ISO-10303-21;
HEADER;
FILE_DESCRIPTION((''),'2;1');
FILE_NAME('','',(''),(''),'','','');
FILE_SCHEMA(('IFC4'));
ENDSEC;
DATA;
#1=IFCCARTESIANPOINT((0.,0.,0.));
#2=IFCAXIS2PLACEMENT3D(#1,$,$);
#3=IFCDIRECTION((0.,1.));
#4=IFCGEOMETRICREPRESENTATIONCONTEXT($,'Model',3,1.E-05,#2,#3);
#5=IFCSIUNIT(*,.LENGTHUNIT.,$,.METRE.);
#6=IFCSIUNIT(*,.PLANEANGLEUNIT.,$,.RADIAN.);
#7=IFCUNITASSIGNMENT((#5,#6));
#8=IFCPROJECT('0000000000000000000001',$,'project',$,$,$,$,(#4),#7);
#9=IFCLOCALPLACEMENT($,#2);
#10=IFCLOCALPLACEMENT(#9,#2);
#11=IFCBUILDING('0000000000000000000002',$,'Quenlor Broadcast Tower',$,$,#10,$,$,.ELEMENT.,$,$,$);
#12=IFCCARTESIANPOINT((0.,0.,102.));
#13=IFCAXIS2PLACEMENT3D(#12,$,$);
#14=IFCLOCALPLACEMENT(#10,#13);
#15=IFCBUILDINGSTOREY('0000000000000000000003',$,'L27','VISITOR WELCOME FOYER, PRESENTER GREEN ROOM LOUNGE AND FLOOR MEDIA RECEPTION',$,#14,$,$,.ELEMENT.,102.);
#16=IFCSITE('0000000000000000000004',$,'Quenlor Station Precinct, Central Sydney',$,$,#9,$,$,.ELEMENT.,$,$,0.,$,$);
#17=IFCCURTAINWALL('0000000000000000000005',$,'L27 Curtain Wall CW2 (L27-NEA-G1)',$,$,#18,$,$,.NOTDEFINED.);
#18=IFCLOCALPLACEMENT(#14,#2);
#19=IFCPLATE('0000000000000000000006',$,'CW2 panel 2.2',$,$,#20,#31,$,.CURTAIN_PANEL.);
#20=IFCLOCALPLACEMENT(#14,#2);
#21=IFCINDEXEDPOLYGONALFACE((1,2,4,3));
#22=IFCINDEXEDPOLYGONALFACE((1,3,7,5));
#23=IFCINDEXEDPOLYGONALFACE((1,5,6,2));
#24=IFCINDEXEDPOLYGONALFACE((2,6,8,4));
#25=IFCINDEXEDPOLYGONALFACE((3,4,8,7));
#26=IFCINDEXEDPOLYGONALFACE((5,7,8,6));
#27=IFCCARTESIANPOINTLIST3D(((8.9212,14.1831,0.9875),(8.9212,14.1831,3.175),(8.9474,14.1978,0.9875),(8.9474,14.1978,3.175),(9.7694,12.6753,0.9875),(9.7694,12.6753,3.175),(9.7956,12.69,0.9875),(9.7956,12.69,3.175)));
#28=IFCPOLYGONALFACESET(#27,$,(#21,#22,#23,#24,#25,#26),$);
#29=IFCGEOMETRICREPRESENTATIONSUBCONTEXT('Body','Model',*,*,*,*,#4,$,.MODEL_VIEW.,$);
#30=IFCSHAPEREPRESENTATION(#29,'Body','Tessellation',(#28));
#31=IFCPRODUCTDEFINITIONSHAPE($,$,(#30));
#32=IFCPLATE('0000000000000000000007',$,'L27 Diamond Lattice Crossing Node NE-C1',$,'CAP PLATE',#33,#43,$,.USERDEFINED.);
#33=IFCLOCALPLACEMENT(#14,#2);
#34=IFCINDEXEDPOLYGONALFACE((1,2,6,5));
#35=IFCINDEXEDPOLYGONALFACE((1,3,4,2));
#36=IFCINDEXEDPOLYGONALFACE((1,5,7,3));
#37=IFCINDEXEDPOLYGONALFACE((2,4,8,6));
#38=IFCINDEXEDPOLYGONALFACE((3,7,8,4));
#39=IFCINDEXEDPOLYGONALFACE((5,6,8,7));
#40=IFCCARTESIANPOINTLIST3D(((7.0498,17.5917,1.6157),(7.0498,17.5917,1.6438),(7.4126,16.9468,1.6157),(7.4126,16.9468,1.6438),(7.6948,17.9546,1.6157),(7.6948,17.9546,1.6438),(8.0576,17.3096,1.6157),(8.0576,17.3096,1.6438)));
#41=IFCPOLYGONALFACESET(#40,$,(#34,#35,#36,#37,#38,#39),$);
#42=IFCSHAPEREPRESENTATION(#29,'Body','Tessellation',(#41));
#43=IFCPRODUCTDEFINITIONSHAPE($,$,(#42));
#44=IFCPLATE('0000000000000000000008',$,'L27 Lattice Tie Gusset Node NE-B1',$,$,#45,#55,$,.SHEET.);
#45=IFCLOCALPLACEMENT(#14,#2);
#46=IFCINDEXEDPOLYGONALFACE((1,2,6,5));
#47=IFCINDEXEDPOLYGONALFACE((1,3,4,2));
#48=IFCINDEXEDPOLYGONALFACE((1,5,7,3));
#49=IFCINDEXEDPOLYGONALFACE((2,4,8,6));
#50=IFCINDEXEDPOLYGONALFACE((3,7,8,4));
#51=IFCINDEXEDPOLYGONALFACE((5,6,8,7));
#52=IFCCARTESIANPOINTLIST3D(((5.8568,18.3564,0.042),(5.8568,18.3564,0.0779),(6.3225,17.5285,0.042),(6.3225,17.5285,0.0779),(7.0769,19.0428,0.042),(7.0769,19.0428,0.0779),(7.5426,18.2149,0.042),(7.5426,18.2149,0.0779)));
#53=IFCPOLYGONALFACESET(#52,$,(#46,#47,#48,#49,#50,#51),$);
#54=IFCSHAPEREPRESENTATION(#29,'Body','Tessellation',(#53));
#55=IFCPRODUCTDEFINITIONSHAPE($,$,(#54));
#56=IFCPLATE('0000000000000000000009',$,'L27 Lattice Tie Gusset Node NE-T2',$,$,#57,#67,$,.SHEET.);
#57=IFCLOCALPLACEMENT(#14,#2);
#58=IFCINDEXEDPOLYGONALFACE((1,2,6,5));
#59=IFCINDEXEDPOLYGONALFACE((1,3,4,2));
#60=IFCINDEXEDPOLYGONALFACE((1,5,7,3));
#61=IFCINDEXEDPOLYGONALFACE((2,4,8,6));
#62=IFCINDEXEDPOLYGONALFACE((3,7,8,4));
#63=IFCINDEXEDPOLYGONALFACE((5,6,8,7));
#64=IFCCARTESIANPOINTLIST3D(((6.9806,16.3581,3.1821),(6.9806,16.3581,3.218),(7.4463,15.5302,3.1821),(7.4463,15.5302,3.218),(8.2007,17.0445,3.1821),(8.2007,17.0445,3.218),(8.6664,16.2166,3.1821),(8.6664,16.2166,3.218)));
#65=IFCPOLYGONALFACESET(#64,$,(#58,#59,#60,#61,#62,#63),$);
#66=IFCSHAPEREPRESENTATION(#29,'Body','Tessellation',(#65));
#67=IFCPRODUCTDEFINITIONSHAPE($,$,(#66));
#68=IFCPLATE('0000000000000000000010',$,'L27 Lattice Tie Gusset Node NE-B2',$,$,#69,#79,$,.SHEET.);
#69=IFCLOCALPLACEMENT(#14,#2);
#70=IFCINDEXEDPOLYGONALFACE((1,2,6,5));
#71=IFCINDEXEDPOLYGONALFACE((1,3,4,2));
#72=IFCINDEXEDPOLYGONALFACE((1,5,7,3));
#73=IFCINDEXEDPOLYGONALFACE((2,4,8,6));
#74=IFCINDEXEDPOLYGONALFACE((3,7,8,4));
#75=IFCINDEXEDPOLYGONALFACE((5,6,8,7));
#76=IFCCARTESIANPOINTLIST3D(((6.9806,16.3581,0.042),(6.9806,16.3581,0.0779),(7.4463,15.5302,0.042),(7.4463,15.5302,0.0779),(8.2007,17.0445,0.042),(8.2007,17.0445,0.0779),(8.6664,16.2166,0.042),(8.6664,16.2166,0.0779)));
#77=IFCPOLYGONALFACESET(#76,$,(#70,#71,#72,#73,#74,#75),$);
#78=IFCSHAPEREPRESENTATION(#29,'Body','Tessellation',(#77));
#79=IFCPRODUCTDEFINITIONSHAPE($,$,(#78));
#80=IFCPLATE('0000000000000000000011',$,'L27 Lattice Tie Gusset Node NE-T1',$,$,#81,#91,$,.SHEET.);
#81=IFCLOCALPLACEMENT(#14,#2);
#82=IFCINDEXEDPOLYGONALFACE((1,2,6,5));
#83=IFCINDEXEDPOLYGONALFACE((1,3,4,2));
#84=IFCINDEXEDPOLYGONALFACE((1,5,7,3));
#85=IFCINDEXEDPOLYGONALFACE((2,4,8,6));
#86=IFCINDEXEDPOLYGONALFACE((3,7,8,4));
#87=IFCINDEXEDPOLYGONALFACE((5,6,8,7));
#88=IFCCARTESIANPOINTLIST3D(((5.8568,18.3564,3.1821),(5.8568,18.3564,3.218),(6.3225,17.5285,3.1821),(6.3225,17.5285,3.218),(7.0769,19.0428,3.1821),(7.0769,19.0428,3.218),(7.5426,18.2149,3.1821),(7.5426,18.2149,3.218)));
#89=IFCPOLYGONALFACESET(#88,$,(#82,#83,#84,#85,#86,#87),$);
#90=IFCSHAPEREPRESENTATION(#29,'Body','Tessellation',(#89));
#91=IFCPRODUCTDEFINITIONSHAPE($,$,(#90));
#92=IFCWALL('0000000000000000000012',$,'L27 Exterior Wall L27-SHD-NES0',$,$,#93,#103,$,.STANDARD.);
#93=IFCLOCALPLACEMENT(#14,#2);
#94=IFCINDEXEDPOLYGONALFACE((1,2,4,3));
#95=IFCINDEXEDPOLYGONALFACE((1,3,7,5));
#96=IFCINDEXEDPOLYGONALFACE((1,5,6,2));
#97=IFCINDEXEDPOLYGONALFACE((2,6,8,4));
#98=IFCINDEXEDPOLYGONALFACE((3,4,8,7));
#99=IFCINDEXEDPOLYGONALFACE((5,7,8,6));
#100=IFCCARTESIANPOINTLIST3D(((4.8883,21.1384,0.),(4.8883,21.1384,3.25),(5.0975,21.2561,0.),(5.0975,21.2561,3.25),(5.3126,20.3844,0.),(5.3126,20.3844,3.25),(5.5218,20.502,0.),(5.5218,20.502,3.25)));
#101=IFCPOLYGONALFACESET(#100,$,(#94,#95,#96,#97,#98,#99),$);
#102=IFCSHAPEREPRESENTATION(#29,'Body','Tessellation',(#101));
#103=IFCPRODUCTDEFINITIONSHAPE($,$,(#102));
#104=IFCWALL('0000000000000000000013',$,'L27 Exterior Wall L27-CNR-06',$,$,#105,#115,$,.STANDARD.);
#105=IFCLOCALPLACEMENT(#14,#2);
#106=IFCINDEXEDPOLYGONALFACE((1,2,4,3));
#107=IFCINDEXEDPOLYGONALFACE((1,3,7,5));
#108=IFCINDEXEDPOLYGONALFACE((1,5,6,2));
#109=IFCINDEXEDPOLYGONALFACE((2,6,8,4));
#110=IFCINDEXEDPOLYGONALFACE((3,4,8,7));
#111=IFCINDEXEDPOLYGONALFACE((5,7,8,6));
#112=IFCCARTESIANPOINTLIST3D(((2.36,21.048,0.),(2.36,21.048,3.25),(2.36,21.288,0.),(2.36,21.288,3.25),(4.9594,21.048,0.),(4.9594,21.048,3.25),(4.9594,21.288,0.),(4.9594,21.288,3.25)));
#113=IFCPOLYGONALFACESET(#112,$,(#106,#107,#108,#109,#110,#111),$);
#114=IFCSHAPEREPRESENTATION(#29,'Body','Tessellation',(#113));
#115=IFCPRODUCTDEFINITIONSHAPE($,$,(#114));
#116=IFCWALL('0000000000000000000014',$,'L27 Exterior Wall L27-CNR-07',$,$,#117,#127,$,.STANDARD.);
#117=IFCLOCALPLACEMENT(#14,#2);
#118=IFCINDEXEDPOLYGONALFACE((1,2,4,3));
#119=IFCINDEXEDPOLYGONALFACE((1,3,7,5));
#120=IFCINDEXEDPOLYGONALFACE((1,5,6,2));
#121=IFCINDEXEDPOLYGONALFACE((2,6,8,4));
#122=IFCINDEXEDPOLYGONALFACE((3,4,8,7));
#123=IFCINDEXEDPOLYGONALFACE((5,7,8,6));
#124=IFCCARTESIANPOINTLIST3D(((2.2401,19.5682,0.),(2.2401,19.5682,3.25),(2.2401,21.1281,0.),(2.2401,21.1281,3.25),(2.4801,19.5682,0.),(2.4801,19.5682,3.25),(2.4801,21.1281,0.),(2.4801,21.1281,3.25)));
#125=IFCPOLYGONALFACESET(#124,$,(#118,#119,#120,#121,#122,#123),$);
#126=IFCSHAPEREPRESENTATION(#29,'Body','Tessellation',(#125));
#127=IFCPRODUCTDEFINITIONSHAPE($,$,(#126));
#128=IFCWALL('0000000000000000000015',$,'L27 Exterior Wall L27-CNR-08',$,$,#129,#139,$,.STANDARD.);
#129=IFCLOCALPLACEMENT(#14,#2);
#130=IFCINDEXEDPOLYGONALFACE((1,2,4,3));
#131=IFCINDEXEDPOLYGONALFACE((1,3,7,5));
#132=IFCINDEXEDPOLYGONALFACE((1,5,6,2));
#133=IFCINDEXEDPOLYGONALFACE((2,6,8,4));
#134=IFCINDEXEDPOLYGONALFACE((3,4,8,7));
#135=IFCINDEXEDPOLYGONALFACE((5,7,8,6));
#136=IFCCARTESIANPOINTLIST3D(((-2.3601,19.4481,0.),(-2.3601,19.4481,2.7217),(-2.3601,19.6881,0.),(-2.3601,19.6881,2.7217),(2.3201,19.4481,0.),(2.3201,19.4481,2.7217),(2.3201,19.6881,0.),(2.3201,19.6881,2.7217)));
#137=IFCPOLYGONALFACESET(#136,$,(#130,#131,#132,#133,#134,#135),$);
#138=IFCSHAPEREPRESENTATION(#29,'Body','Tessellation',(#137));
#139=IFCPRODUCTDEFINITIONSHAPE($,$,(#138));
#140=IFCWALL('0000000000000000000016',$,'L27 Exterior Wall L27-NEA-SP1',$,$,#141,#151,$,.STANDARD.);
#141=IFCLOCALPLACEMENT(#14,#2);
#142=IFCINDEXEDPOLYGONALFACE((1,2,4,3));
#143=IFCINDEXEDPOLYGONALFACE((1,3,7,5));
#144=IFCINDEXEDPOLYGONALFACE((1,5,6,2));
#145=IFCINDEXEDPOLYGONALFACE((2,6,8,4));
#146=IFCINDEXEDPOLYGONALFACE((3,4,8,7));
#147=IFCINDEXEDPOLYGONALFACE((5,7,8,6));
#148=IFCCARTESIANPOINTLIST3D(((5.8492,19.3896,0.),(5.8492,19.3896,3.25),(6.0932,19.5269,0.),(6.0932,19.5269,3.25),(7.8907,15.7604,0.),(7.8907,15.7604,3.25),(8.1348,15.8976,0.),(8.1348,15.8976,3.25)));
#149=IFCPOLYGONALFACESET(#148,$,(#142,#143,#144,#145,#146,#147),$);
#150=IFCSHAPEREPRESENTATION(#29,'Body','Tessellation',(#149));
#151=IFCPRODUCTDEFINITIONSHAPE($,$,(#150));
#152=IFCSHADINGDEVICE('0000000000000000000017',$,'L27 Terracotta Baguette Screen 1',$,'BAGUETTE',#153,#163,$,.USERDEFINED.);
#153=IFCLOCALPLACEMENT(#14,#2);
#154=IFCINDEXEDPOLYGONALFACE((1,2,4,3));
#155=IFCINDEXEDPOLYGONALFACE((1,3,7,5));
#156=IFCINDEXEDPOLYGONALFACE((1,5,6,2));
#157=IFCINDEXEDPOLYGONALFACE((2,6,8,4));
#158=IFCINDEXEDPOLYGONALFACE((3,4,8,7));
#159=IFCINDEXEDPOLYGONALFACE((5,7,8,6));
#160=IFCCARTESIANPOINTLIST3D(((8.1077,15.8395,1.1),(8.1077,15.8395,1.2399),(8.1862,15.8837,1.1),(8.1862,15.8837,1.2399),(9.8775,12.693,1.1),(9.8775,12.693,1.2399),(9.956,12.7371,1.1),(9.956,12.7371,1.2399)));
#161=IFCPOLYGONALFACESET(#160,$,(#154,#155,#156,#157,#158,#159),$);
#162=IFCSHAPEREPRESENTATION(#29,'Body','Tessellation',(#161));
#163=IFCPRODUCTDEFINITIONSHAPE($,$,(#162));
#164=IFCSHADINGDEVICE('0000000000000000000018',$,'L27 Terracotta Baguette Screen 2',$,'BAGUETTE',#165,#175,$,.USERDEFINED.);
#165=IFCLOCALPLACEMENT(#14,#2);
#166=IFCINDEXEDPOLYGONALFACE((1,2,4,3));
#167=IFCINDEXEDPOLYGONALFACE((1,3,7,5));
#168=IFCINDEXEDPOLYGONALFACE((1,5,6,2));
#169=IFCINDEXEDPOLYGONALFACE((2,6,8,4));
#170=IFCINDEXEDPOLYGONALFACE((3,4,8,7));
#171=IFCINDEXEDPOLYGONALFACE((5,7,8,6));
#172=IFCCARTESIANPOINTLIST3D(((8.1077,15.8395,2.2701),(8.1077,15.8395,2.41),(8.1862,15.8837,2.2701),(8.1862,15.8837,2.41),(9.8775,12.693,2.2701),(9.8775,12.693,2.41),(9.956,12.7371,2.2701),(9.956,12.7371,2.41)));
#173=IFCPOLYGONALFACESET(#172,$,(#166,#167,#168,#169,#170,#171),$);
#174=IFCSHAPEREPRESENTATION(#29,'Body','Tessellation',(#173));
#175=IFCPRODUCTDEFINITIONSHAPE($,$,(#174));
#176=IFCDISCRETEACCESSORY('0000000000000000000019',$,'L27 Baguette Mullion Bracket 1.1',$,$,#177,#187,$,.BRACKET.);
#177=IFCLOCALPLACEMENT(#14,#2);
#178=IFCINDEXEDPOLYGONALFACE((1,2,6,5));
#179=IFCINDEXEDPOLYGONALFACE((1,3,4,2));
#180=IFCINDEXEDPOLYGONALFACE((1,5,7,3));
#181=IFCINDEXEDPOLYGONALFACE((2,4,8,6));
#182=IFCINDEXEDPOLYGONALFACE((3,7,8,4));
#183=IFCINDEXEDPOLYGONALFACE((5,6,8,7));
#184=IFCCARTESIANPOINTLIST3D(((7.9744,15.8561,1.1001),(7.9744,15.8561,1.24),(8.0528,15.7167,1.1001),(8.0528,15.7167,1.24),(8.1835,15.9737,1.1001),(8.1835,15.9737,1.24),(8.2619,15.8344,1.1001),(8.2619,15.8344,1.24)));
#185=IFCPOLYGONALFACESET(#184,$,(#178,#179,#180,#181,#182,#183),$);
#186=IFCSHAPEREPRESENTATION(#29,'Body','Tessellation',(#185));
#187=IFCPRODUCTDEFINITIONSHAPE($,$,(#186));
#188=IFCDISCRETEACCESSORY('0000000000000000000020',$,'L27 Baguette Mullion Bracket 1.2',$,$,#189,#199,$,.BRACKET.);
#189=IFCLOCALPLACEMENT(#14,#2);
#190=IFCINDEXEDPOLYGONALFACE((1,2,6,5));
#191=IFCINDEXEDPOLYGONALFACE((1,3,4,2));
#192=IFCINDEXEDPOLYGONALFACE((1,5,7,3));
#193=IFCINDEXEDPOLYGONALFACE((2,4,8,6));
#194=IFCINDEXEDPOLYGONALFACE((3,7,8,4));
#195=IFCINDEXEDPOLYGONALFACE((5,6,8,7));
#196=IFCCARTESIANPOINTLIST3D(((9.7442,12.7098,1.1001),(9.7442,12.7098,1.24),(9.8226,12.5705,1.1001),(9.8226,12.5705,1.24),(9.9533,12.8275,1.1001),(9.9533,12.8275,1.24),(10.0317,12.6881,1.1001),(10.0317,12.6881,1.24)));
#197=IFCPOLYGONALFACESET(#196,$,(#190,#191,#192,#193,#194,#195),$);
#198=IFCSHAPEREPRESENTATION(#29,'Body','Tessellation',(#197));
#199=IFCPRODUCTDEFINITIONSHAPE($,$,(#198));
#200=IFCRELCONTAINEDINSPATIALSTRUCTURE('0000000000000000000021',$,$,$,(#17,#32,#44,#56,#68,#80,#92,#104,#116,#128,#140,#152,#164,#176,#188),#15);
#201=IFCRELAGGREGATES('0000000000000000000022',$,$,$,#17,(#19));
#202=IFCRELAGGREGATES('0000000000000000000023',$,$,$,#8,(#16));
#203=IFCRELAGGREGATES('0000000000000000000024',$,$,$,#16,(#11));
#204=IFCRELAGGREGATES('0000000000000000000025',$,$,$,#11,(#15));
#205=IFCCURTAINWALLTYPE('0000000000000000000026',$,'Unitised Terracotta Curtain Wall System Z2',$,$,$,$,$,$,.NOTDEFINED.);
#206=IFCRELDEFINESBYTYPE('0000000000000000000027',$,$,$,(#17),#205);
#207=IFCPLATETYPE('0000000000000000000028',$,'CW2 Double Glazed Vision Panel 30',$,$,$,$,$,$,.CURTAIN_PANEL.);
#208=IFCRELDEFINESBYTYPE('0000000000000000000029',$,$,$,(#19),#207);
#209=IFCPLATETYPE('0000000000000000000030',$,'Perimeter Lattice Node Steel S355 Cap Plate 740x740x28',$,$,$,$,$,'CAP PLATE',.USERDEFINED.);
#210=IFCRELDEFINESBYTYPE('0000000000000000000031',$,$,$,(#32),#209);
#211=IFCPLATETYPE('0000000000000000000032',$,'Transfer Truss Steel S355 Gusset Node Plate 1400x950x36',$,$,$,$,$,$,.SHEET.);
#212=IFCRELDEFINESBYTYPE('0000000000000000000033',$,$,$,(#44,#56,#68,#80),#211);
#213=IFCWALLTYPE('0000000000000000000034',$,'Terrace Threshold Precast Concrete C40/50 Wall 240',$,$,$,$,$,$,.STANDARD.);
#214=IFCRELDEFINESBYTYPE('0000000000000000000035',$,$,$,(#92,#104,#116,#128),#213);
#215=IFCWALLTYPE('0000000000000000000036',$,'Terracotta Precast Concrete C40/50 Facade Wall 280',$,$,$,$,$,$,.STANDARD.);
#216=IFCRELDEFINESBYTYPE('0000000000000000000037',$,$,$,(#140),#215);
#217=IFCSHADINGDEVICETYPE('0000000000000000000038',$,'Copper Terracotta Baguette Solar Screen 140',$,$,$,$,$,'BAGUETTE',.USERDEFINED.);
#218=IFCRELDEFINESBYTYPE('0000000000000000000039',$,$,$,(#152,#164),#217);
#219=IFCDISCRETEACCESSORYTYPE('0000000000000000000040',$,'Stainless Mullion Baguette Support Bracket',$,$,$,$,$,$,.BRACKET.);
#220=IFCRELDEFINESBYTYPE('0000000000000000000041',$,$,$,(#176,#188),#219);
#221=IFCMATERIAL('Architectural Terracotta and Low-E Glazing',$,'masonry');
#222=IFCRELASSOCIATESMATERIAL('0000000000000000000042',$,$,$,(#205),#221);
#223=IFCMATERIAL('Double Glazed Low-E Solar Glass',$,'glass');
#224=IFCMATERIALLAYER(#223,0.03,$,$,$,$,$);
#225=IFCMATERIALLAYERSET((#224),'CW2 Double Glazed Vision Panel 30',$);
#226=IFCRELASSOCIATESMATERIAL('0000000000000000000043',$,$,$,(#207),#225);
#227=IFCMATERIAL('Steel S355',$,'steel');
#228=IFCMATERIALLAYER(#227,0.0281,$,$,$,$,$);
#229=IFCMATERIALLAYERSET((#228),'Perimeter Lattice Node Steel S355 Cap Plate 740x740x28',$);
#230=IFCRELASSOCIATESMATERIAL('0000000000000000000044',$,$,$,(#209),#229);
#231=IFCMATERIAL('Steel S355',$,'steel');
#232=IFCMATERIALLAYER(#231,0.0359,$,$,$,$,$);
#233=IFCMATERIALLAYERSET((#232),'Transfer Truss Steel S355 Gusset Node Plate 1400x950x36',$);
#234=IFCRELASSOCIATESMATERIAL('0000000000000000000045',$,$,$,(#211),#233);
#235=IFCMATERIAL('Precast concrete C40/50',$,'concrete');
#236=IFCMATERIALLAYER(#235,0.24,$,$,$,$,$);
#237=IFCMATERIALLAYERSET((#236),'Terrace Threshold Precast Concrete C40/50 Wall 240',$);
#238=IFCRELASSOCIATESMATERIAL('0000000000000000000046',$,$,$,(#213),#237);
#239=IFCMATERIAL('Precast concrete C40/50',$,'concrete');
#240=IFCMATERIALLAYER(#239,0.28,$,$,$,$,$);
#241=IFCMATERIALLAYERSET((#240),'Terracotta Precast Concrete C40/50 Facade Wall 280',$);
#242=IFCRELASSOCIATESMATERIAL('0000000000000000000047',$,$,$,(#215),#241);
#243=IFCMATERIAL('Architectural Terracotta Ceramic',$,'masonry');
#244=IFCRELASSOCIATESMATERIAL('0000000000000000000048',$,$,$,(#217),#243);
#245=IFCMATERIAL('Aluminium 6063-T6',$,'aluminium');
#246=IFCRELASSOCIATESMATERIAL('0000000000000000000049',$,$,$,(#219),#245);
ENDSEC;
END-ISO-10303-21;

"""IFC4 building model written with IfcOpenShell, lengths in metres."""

from ifc_helpers import new_model, si_unit, direction, frame, frame_2d, origin, origin_2d, place, context, subcontext, project, spatial, rectangle, extrude, material, layer, layer_set, material_profile, profile_set, type_object, element, aggregate, save


model = new_model("IFC4")

# Units and contexts
model_context = context("Model", 3, precision=1e-05, world=origin(), true_north=direction((0.0, 1.0)))
body_context = subcontext(model_context, "Body", "Model", "MODEL_VIEW")
ifc_project = project(units=[si_unit("LENGTHUNIT", "METRE"), si_unit("PLANEANGLEUNIT", "RADIAN")], contexts=[model_context])

# Site, building, storey
site_placement = place(None, origin())
site = spatial("IfcSite", under=ifc_project, at=site_placement, Name="Quenlor Station Precinct, Central Sydney", CompositionType="ELEMENT", RefElevation=0.0)
building_placement = place(site_placement, origin())
building = spatial("IfcBuilding", under=site, at=building_placement, Name="Quenlor Broadcast Tower", CompositionType="ELEMENT")
storey_placement = place(building_placement, frame((0.0, 0.0, 102.0)))
storey = spatial("IfcBuildingStorey", under=building, at=storey_placement, Name="L27", Description="VISITOR WELCOME FOYER, PRESENTER GREEN ROOM LOUNGE AND FLOOR MEDIA RECEPTION", CompositionType="ELEMENT", Elevation=102.0)

# Curtain wall
ifc_material_1 = material(Name="Architectural Terracotta and Low-E Glazing", Category="masonry")
curtain_wall_type = type_object("IfcCurtainWallType", Name="Unitised Terracotta Curtain Wall System Z2", PredefinedType="NOTDEFINED", material=ifc_material_1)
curtain_wall_placement = place(storey_placement, origin())
curtain_wall = element("IfcCurtainWall", 1, at=curtain_wall_placement, inside=storey, type_object=curtain_wall_type, Name="L27 Curtain Wall CW2 (L27-NEA-G1)", PredefinedType="NOTDEFINED")

# Plate
ifc_material_2 = material(Name="Double Glazed Low-E Solar Glass", Category="glass")
ifc_layer_1 = layer(ifc_material_2, 0.03)
ifc_layer_set_1 = layer_set([ifc_layer_1], Name="CW2 Double Glazed Vision Panel 30")
plate_type_1 = type_object("IfcPlateType", Name="CW2 Double Glazed Vision Panel 30", PredefinedType="CURTAIN_PANEL", material=ifc_layer_set_1)
plate_1_placement = place(storey_placement, frame((9.3584, 13.4365, 0.9875), z_axis=(0.0, 0.0, 1.0), x_axis=(0.490265, -0.871573, 0.0)))
plate_1 = element("IfcPlate", 2, at=plate_1_placement, type_object=plate_type_1, Name="CW2 panel 2.2", PredefinedType="CURTAIN_PANEL", context=body_context, shape_type="SweptSolid", body=[
    extrude(rectangle(XDim=1.73, YDim=0.03, at=origin_2d()), origin(), (0.0, 0.0, 1.0), 2.1875),
])
aggregate(curtain_wall, [plate_1])

# Plates
ifc_material_3 = material(Name="Steel S355", Category="steel")
ifc_layer_2 = layer(ifc_material_3, 0.0281)
ifc_layer_set_2 = layer_set([ifc_layer_2], Name="Perimeter Lattice Node Steel S355 Cap Plate 740x740x28")
plate_type_2 = type_object("IfcPlateType", Name="Perimeter Lattice Node Steel S355 Cap Plate 740x740x28", ElementType="CAP PLATE", PredefinedType="USERDEFINED", material=ifc_layer_set_2)
plate_2_placement = place(storey_placement, frame((7.5537, 17.4507, 1.6157), z_axis=(0.0, 0.0, 1.0), x_axis=(0.490295, -0.871556, 0.0)))
element("IfcPlate", 3, at=plate_2_placement, inside=storey, type_object=plate_type_2, Name="L27 Diamond Lattice Crossing Node NE-C1", ObjectType="CAP PLATE", PredefinedType="USERDEFINED", context=body_context, shape_type="SweptSolid", body=[
    extrude(rectangle(XDim=0.74, YDim=0.74, at=origin_2d()), origin(), (0.0, 0.0, 1.0), 0.0281),
])
ifc_material_4 = material(Name="Steel S355", Category="steel")
ifc_layer_3 = layer(ifc_material_4, 0.0359)
ifc_layer_set_3 = layer_set([ifc_layer_3], Name="Transfer Truss Steel S355 Gusset Node Plate 1400x950x36")
plate_type_3 = type_object("IfcPlateType", Name="Transfer Truss Steel S355 Gusset Node Plate 1400x950x36", PredefinedType="SHEET", material=ifc_layer_set_3)
for number, where, z_axis, x_axis, name in (
    (4, (6.6997, 18.2856, 0.042), (0.0, 0.0, 1.0), (0.871556, 0.490295, 0.0), "L27 Lattice Tie Gusset Node NE-B1"),
    (5, (7.8235, 16.2874, 3.1821), (0.0, 0.0, 1.0), (0.871556, 0.490295, 0.0), "L27 Lattice Tie Gusset Node NE-T2"),
    (6, (7.8235, 16.2874, 0.042), (0.0, 0.0, 1.0), (0.871556, 0.490295, 0.0), "L27 Lattice Tie Gusset Node NE-B2"),
    (7, (6.6997, 18.2856, 3.1821), (0.0, 0.0, 1.0), (0.871556, 0.490295, 0.0), "L27 Lattice Tie Gusset Node NE-T1"),
):
    element("IfcPlate", number, at=place(storey_placement, frame(where, z_axis=z_axis, x_axis=x_axis)), inside=storey, type_object=plate_type_3, Name=name, PredefinedType="SHEET", context=body_context, shape_type="SweptSolid", body=[
        extrude(rectangle(XDim=1.3999, YDim=0.95, at=origin_2d()), origin(), (0.0, 0.0, 1.0), 0.0359),
    ])

# Walls
ifc_material_5 = material(Name="Precast concrete C40/50", Category="concrete")
ifc_layer_4 = layer(ifc_material_5, 0.24)
ifc_layer_set_4 = layer_set([ifc_layer_4], Name="Terrace Threshold Precast Concrete C40/50 Wall 240")
wall_type_1 = type_object("IfcWallType", Name="Terrace Threshold Precast Concrete C40/50 Wall 240", PredefinedType="STANDARD", material=ifc_layer_set_4)
wall_1_placement = place(storey_placement, frame((4.9929, 21.1973, 0.0), z_axis=(0.0, 0.0, 1.0), x_axis=(0.490355, -0.871523, 0.0)))
element("IfcWall", 8, at=wall_1_placement, inside=storey, type_object=wall_type_1, Name="L27 Exterior Wall L27-SHD-NES0", PredefinedType="STANDARD", context=body_context, shape_type="SweptSolid", body=[
    extrude(rectangle(XDim=0.8652, YDim=0.24, at=frame_2d((0.4326, 0.0))), origin(), (0.0, 0.0, 1.0), 3.25),
])
wall_2_placement = place(storey_placement, frame((4.9595, 21.168, 0.0), z_axis=(0.0, 0.0, 1.0), x_axis=(-1.0, 0.0, 0.0)))
element("IfcWall", 9, at=wall_2_placement, inside=storey, type_object=wall_type_1, Name="L27 Exterior Wall L27-CNR-06", PredefinedType="STANDARD", context=body_context, shape_type="SweptSolid", body=[
    extrude(rectangle(XDim=2.5994, YDim=0.24, at=frame_2d((1.2998, 0.0))), origin(), (0.0, 0.0, 1.0), 3.25),
])
wall_3_placement = place(storey_placement, frame((2.3601, 21.1279, 0.0), z_axis=(0.0, 0.0, 1.0), x_axis=(0.0, -1.0, 0.0)))
element("IfcWall", 10, at=wall_3_placement, inside=storey, type_object=wall_type_1, Name="L27 Exterior Wall L27-CNR-07", PredefinedType="STANDARD", context=body_context, shape_type="SweptSolid", body=[
    extrude(rectangle(XDim=1.5598, YDim=0.24, at=frame_2d((0.7798, 0.0))), origin(), (0.0, 0.0, 1.0), 3.25),
])
wall_4_placement = place(storey_placement, frame((2.3201, 19.5681, 0.0), z_axis=(0.0, 0.0, 1.0), x_axis=(-1.0, 0.0, 0.0)))
element("IfcWall", 11, at=wall_4_placement, inside=storey, type_object=wall_type_1, Name="L27 Exterior Wall L27-CNR-08", PredefinedType="STANDARD", context=body_context, shape_type="SweptSolid", body=[
    extrude(rectangle(XDim=4.6802, YDim=0.24, at=frame_2d((2.3401, 0.0))), origin(), (0.0, 0.0, 1.0), 2.7217),
])
ifc_material_6 = material(Name="Precast concrete C40/50", Category="concrete")
ifc_layer_5 = layer(ifc_material_6, 0.28)
ifc_layer_set_5 = layer_set([ifc_layer_5], Name="Terracotta Precast Concrete C40/50 Facade Wall 280")
wall_type_2 = type_object("IfcWallType", Name="Terracotta Precast Concrete C40/50 Facade Wall 280", PredefinedType="STANDARD", material=ifc_layer_set_5)
wall_5_placement = place(storey_placement, frame((5.9712, 19.4583, 0.0), z_axis=(0.0, 0.0, 1.0), x_axis=(0.490281, -0.871565, 0.0)))
element("IfcWall", 12, at=wall_5_placement, inside=storey, type_object=wall_type_2, Name="L27 Exterior Wall L27-NEA-SP1", PredefinedType="STANDARD", context=body_context, shape_type="SweptSolid", body=[
    extrude(rectangle(XDim=4.1641, YDim=0.28, at=frame_2d((2.082, 0.0))), origin(), (0.0, 0.0, 1.0), 3.25),
])

# Shading devices
ifc_material_7 = material(Name="Architectural Terracotta Ceramic", Category="masonry")
ifc_material_profile_1 = material_profile(ifc_material_7, rectangle(XDim=0.0901, YDim=0.1399, at=origin_2d()))
ifc_profile_set_1 = profile_set([ifc_material_profile_1], Name="Architectural Terracotta Ceramic BAG90x140")
shading_device_type = type_object("IfcShadingDeviceType", Name="Copper Terracotta Baguette Solar Screen 140", ElementType="BAGUETTE", PredefinedType="USERDEFINED", material=ifc_profile_set_1)
for number, where, z_axis, x_axis, name in (
    (13, (8.147, 15.8616, 1.1699), (0.490236, -0.87159, 0.0), (0.87159, 0.490236, 0.0), "L27 Terracotta Baguette Screen 1"),
    (14, (8.147, 15.8616, 2.3401), (0.490236, -0.87159, 0.0), (0.87159, 0.490236, 0.0), "L27 Terracotta Baguette Screen 2"),
):
    element("IfcShadingDevice", number, at=place(storey_placement, frame(where, z_axis=z_axis, x_axis=x_axis)), inside=storey, type_object=shading_device_type, Name=name, ObjectType="BAGUETTE", PredefinedType="USERDEFINED", context=body_context, shape_type="SweptSolid", body=[
        extrude(rectangle(XDim=0.0901, YDim=0.1399, at=origin_2d()), origin(), (0.0, 0.0, 1.0), 3.6101),
    ])

# Discrete accessories
ifc_material_8 = material(Name="Aluminium 6063-T6", Category="aluminium")
discrete_accessory_type = type_object("IfcDiscreteAccessoryType", Name="Stainless Mullion Baguette Support Bracket", PredefinedType="BRACKET", material=ifc_material_8)
for number, where, z_axis, x_axis, name in (
    (15, (8.1182, 15.8452, 1.1001), (0.0, 0.0, 1.0), (0.490265, -0.871573, 0.0), "L27 Baguette Mullion Bracket 1.1"),
    (16, (9.8879, 12.699, 1.1001), (0.0, 0.0, 1.0), (0.490265, -0.871573, 0.0), "L27 Baguette Mullion Bracket 1.2"),
):
    element("IfcDiscreteAccessory", number, at=place(storey_placement, frame(where, z_axis=z_axis, x_axis=x_axis)), inside=storey, type_object=discrete_accessory_type, Name=name, PredefinedType="BRACKET", context=body_context, shape_type="SweptSolid", body=[
        extrude(rectangle(XDim=0.1599, YDim=0.24, at=origin_2d()), origin(), (0.0, 0.0, 1.0), 0.1399),
    ])

save(model, "model.ifc")
